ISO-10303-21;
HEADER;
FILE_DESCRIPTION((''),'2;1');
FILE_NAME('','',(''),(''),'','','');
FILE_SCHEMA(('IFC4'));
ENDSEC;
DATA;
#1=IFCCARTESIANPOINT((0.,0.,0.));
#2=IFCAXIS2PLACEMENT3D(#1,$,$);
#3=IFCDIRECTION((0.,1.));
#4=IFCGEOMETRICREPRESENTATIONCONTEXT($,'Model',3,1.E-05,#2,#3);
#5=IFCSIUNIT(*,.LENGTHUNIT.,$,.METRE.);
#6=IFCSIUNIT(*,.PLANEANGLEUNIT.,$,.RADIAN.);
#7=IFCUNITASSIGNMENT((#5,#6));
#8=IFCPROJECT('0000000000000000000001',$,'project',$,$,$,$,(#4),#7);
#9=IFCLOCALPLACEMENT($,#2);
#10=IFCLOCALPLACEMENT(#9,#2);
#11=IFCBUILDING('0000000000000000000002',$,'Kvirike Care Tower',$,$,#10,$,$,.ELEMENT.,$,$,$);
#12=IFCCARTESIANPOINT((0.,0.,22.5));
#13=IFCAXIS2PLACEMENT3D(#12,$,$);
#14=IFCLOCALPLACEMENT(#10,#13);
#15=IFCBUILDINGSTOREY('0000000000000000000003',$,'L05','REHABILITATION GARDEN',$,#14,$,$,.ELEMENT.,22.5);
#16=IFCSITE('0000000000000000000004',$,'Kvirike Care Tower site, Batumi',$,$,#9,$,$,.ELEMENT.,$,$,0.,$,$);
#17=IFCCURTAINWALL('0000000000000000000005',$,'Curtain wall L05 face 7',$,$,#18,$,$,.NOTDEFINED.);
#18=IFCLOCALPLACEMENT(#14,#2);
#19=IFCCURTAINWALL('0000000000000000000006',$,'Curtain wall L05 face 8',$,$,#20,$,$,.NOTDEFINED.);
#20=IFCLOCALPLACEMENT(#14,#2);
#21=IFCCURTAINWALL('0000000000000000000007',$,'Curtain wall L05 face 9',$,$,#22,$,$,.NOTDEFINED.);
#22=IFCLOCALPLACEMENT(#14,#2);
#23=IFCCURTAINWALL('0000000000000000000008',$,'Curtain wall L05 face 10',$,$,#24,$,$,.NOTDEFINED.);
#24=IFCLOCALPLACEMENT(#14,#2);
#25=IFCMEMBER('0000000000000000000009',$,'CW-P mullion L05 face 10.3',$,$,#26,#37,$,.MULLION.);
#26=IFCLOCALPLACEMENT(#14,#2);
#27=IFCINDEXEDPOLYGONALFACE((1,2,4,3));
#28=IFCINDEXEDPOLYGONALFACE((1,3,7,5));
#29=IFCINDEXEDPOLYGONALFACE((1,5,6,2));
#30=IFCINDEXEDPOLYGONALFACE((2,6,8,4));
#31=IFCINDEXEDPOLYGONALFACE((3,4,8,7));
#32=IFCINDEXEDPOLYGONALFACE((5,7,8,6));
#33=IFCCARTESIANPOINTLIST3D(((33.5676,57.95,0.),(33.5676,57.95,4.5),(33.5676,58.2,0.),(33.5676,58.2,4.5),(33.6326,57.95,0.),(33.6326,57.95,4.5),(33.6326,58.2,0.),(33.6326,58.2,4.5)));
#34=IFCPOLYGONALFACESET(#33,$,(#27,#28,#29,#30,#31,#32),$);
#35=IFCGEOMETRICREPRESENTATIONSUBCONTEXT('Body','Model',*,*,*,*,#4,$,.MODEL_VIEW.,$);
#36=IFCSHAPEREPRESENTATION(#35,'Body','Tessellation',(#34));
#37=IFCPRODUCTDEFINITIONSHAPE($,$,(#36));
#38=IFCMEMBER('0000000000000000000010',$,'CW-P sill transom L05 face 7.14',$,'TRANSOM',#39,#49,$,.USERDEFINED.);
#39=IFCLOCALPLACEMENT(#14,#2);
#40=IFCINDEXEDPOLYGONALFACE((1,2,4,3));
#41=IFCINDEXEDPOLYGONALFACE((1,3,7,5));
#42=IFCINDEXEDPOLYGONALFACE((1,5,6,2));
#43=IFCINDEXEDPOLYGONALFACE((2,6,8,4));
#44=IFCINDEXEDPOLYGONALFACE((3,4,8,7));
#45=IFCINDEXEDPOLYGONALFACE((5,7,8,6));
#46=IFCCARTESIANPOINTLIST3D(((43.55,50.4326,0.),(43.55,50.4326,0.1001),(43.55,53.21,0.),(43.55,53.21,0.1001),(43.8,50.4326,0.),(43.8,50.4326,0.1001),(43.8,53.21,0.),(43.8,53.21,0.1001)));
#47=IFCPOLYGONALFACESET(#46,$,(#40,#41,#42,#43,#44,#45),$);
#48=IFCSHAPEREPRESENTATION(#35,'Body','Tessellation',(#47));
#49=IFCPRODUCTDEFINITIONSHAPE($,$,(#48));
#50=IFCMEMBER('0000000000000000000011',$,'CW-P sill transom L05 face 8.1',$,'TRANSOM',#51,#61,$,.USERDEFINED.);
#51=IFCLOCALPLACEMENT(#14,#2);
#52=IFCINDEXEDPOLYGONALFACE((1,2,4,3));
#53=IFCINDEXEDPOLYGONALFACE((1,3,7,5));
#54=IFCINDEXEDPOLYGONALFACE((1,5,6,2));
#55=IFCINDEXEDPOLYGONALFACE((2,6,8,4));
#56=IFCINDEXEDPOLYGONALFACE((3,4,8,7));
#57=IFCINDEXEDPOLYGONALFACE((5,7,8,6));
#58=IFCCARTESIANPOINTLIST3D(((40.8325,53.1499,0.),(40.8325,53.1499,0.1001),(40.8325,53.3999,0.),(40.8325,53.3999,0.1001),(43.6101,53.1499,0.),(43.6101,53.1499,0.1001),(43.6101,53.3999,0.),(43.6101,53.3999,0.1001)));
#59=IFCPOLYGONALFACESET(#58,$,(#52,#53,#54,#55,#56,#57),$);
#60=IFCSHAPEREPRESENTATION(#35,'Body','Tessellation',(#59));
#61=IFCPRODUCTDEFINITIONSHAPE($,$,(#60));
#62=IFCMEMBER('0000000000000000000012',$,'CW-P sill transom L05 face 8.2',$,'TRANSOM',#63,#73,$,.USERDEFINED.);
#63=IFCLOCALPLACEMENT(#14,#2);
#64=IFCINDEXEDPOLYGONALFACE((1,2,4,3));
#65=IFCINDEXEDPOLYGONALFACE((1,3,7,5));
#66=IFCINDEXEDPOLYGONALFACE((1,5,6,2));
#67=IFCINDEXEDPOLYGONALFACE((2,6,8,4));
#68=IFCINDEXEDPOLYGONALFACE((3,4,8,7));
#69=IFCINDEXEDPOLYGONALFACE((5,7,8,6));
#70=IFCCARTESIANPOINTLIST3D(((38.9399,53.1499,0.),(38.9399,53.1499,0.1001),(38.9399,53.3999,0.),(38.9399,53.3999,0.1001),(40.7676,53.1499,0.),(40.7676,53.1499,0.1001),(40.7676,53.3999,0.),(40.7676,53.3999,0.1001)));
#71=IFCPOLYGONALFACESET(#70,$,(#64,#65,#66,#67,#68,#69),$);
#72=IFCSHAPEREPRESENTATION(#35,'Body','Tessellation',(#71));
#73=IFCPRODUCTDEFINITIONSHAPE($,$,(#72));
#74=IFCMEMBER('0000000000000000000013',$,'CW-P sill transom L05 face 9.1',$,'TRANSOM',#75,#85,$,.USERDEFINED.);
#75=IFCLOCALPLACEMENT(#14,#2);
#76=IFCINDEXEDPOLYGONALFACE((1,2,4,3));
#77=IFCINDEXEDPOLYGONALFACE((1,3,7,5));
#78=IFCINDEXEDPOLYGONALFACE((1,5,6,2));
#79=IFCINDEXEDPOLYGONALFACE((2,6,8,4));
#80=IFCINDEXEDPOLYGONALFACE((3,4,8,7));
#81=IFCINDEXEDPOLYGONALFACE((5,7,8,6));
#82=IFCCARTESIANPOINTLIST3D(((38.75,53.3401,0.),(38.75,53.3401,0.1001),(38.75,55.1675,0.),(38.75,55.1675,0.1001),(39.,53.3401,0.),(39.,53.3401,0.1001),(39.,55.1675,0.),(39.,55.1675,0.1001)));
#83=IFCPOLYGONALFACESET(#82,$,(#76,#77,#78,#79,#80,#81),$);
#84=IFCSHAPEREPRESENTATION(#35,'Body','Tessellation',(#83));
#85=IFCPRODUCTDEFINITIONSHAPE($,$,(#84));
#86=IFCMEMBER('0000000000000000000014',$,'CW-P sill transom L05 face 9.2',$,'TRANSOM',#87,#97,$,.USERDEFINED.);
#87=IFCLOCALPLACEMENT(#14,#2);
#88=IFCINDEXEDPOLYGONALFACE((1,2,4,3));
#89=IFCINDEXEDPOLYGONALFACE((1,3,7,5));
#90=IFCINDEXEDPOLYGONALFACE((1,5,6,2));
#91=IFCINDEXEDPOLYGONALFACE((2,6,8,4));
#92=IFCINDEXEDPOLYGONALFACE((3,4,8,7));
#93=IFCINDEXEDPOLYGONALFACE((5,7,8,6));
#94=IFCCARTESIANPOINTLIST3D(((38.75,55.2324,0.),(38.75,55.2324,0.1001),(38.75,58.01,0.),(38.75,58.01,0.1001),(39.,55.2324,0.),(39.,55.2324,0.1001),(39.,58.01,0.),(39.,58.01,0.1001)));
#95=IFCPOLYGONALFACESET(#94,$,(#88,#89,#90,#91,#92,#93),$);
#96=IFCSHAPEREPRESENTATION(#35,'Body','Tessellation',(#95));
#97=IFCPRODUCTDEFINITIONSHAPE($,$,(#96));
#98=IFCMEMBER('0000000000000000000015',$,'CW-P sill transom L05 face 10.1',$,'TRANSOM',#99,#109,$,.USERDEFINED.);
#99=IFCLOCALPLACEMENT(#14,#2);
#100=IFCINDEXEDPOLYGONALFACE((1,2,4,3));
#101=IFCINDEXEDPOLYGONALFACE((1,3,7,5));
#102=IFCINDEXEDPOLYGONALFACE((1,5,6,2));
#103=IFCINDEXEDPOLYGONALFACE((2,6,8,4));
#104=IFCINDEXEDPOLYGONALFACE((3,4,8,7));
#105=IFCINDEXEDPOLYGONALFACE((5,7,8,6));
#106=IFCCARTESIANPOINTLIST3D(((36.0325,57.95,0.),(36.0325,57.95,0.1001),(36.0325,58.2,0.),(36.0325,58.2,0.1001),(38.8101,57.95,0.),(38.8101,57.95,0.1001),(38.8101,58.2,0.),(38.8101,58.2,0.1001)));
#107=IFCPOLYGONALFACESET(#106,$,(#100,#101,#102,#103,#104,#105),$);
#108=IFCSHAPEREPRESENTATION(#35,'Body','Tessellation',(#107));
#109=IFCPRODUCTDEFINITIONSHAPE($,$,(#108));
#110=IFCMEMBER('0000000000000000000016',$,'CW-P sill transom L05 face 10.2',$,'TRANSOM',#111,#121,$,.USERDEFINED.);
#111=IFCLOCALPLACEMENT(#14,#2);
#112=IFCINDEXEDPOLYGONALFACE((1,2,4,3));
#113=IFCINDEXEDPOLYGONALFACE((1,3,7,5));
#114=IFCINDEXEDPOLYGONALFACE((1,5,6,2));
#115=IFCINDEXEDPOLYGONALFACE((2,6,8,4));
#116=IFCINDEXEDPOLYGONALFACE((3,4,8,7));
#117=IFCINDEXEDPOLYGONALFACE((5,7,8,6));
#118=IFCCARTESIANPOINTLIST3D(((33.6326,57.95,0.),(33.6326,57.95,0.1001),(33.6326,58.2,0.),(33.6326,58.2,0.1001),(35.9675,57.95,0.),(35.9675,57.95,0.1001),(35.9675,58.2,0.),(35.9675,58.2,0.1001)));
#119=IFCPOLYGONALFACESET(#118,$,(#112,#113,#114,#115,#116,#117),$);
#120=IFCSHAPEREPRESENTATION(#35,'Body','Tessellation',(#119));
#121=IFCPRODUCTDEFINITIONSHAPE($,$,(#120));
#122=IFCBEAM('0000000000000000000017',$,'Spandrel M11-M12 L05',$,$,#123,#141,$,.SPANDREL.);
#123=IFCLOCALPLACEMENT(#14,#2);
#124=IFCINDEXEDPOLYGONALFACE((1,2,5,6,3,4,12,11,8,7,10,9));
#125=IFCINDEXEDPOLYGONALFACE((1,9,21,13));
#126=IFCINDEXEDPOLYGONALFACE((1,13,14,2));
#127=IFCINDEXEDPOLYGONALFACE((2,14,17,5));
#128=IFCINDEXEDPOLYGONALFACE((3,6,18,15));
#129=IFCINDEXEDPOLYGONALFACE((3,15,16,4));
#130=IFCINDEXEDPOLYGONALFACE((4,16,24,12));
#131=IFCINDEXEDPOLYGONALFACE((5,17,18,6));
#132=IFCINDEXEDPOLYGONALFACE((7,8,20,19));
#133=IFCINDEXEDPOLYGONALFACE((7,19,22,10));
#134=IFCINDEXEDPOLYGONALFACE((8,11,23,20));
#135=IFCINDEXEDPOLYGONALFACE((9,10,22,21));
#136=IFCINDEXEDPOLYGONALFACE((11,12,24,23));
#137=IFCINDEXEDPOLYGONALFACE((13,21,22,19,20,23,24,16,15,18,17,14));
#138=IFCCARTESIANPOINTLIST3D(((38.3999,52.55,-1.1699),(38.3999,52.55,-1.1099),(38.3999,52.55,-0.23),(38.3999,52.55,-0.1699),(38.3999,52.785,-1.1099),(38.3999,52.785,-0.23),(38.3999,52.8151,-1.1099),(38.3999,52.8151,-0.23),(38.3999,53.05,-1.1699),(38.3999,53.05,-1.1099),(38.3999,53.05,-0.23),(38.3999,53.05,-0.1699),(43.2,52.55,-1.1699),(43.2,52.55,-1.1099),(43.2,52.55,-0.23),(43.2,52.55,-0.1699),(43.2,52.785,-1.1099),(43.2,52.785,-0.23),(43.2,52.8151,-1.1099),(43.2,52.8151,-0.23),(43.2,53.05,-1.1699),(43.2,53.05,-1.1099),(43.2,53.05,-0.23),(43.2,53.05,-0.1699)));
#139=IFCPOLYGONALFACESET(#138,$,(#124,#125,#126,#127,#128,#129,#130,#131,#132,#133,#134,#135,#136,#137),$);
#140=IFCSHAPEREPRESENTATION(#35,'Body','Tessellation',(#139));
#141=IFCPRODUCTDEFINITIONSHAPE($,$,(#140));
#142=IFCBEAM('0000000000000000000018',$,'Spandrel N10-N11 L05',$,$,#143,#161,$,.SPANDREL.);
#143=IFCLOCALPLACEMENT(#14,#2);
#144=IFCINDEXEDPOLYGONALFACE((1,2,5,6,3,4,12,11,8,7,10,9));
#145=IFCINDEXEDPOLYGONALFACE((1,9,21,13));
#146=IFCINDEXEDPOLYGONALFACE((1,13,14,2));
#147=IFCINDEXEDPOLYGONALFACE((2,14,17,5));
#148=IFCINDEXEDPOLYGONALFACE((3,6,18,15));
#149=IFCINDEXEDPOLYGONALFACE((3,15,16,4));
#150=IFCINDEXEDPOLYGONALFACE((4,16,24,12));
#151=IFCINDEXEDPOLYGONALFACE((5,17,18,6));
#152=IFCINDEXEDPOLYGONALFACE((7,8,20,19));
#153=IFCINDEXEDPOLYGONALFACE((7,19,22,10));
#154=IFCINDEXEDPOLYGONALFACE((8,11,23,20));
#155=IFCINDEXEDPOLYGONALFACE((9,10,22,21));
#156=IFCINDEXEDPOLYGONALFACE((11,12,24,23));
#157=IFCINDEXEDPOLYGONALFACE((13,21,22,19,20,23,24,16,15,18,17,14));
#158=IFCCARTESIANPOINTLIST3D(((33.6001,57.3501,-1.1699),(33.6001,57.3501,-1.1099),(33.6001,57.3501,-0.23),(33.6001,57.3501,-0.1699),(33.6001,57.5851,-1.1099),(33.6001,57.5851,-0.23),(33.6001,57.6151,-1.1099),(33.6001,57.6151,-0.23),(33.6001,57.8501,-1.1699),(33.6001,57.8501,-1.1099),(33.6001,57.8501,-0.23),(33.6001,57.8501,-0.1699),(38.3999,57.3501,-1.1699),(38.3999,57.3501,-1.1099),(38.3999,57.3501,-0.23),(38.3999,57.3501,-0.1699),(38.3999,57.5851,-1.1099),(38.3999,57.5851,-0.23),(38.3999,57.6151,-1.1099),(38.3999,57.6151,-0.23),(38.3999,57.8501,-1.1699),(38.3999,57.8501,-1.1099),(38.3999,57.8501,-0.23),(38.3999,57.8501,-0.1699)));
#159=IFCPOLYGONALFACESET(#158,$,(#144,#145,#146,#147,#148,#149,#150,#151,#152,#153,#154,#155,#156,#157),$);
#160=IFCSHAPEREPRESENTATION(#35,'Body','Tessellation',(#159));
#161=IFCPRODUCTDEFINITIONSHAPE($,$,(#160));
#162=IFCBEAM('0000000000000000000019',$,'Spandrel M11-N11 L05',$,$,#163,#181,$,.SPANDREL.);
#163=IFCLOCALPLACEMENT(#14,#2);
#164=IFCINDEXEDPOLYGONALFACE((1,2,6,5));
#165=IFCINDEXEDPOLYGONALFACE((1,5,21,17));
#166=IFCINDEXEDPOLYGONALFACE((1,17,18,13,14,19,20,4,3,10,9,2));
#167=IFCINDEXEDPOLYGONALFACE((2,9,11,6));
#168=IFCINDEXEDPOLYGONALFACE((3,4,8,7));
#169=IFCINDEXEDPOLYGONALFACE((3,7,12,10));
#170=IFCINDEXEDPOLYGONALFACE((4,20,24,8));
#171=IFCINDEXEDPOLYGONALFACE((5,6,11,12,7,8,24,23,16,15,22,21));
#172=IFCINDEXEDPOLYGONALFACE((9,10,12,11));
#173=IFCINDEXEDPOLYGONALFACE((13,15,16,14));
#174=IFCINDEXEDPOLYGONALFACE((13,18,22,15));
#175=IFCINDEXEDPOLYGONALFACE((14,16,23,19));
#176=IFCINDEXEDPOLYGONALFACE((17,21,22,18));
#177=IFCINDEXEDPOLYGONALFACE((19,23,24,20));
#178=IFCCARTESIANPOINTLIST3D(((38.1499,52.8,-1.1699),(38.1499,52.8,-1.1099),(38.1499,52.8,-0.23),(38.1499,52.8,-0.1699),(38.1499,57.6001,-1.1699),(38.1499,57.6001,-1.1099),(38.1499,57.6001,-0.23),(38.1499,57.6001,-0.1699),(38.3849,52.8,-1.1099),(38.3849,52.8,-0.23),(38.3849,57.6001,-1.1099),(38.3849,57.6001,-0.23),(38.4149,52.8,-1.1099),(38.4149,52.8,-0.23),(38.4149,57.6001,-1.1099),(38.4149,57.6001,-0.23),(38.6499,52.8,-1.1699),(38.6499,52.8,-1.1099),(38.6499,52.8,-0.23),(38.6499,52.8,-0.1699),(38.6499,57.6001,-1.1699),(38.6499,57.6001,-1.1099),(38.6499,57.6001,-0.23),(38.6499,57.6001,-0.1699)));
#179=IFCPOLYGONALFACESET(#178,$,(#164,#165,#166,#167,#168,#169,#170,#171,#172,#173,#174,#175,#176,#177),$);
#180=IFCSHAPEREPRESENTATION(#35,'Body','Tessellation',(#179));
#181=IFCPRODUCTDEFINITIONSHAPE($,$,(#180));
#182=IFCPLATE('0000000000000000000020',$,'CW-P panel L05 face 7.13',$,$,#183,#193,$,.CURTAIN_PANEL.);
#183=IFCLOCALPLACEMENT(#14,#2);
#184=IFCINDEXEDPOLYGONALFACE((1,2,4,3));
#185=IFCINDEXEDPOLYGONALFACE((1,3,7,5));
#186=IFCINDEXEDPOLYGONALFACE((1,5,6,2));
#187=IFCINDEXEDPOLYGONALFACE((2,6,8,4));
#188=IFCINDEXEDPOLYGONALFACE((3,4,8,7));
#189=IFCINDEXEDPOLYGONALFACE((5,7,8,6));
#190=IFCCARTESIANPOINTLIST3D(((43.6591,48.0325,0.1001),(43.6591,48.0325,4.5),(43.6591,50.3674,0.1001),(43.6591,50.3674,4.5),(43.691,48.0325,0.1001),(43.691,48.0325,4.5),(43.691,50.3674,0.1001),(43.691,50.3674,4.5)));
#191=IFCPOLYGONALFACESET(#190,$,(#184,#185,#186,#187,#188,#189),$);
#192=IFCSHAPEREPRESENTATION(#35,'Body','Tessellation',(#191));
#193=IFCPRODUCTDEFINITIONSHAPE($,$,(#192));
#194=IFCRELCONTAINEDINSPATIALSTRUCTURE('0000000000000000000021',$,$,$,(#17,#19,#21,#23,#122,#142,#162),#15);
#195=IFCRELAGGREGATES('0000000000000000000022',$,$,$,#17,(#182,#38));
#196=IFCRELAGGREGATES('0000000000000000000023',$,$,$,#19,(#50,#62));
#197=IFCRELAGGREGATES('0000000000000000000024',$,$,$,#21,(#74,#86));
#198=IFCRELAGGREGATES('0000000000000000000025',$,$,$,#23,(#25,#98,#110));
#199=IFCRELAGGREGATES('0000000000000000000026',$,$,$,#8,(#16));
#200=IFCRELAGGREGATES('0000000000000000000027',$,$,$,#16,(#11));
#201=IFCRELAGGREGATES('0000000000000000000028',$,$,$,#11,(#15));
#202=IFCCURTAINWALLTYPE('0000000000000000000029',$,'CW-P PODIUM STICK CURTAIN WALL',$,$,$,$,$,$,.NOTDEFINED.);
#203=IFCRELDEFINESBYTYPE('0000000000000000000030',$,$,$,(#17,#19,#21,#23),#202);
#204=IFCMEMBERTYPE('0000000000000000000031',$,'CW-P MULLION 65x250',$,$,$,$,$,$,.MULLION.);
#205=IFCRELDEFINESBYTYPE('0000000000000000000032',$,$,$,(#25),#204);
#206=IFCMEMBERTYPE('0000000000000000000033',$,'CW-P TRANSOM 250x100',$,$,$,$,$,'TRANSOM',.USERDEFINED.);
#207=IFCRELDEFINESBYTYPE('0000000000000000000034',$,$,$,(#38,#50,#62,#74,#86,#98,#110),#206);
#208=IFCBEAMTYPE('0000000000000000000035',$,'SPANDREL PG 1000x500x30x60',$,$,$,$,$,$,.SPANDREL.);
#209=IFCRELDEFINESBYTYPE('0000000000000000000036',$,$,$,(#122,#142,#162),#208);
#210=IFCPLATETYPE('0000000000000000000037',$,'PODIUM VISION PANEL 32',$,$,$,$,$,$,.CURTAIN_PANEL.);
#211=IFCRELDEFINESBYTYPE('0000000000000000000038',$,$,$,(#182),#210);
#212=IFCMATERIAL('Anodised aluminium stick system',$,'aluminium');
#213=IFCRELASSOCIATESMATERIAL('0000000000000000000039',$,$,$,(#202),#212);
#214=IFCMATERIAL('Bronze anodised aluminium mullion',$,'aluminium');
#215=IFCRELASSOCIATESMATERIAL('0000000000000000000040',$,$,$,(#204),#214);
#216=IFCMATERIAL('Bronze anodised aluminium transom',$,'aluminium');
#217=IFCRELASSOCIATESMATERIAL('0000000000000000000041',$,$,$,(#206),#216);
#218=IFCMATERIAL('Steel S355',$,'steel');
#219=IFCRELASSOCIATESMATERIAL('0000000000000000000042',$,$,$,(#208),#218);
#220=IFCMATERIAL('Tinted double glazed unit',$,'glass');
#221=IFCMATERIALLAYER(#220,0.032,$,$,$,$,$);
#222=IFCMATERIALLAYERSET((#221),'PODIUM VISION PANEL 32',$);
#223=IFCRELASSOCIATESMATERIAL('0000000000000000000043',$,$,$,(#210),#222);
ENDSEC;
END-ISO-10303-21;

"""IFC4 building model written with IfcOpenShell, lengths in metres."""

from ifc_helpers import new_model, si_unit, direction, frame, origin, origin_2d, place, context, subcontext, project, spatial, rectangle, i_section, extrude, material, layer, layer_set, material_profile, profile_set, type_object, element, aggregate, save


model = new_model("IFC4")

# Units and contexts
model_context = context("Model", 3, precision=1e-05, world=origin(), true_north=direction((0.0, 1.0)))
body_context = subcontext(model_context, "Body", "Model", "MODEL_VIEW")
ifc_project = project(units=[si_unit("LENGTHUNIT", "METRE"), si_unit("PLANEANGLEUNIT", "RADIAN")], contexts=[model_context])

# Site, building, storey
site_placement = place(None, origin())
site = spatial("IfcSite", under=ifc_project, at=site_placement, Name="Kvirike Care Tower site, Batumi", CompositionType="ELEMENT", RefElevation=0.0)
building_placement = place(site_placement, origin())
building = spatial("IfcBuilding", under=site, at=building_placement, Name="Kvirike Care Tower", CompositionType="ELEMENT")
storey_placement = place(building_placement, frame((0.0, 0.0, 22.5)))
storey = spatial("IfcBuildingStorey", under=building, at=storey_placement, Name="L05", Description="REHABILITATION GARDEN", CompositionType="ELEMENT", Elevation=22.5)

# Curtain walls, member
ifc_material_1 = material(Name="Anodised aluminium stick system", Category="aluminium")
curtain_wall_type = type_object("IfcCurtainWallType", Name="CW-P PODIUM STICK CURTAIN WALL", PredefinedType="NOTDEFINED", material=ifc_material_1)
curtain_wall_1_placement = place(storey_placement, origin())
curtain_wall_1 = element("IfcCurtainWall", 1, at=curtain_wall_1_placement, inside=storey, type_object=curtain_wall_type, Name="Curtain wall L05 face 7", PredefinedType="NOTDEFINED")
ifc_material_2 = material(Name="Bronze anodised aluminium mullion", Category="aluminium")
ifc_material_profile_1 = material_profile(ifc_material_2, rectangle(XDim=0.0649, YDim=0.25, at=origin_2d()), Name="CW-P MULLION 65x250")
ifc_profile_set_1 = profile_set([ifc_material_profile_1], Name="Bronze anodised aluminium mullion")
member_type_1 = type_object("IfcMemberType", Name="CW-P MULLION 65x250", PredefinedType="MULLION", material=ifc_profile_set_1)
curtain_wall_2_placement = place(storey_placement, origin())
curtain_wall_2 = element("IfcCurtainWall", 2, at=curtain_wall_2_placement, inside=storey, type_object=curtain_wall_type, Name="Curtain wall L05 face 8", PredefinedType="NOTDEFINED")
curtain_wall_3_placement = place(storey_placement, origin())
curtain_wall_3 = element("IfcCurtainWall", 3, at=curtain_wall_3_placement, inside=storey, type_object=curtain_wall_type, Name="Curtain wall L05 face 9", PredefinedType="NOTDEFINED")
curtain_wall_4_placement = place(storey_placement, origin())
curtain_wall_4 = element("IfcCurtainWall", 4, at=curtain_wall_4_placement, inside=storey, type_object=curtain_wall_type, Name="Curtain wall L05 face 10", PredefinedType="NOTDEFINED")
member_1_placement = place(storey_placement, frame((33.6001, 58.075, 0.0), z_axis=(0.0, 0.0, 1.0), x_axis=(-1.0, 0.0, 0.0)))
member_1 = element("IfcMember", 5, at=member_1_placement, type_object=member_type_1, Name="CW-P mullion L05 face 10.3", PredefinedType="MULLION", context=body_context, shape_type="SweptSolid", body=[
    extrude(rectangle(XDim=0.0649, YDim=0.25, at=origin_2d()), origin(), (0.0, 0.0, 1.0), 4.5),
])

# Members
ifc_material_3 = material(Name="Bronze anodised aluminium transom", Category="aluminium")
ifc_material_profile_2 = material_profile(ifc_material_3, rectangle(XDim=0.25, YDim=0.1001, at=origin_2d()), Name="CW-P TRANSOM 250x100")
ifc_profile_set_2 = profile_set([ifc_material_profile_2], Name="Bronze anodised aluminium transom")
member_type_2 = type_object("IfcMemberType", Name="CW-P TRANSOM 250x100", ElementType="TRANSOM", PredefinedType="USERDEFINED", material=ifc_profile_set_2)
member_2_placement = place(storey_placement, frame((43.675, 50.4326, 0.05), z_axis=(0.0, 1.0, 0.0), x_axis=(-1.0, 0.0, 0.0)))
member_2 = element("IfcMember", 6, at=member_2_placement, type_object=member_type_2, Name="CW-P sill transom L05 face 7.14", ObjectType="TRANSOM", PredefinedType="USERDEFINED", context=body_context, shape_type="SweptSolid", body=[
    extrude(rectangle(XDim=0.25, YDim=0.1001, at=origin_2d()), origin(), (0.0, 0.0, 1.0), 2.7773),
])
member_3_placement = place(storey_placement, frame((43.6101, 53.2749, 0.05), z_axis=(-1.0, 0.0, 0.0), x_axis=(0.0, -1.0, 0.0)))
member_3 = element("IfcMember", 7, at=member_3_placement, type_object=member_type_2, Name="CW-P sill transom L05 face 8.1", ObjectType="TRANSOM", PredefinedType="USERDEFINED", context=body_context, shape_type="SweptSolid", body=[
    extrude(rectangle(XDim=0.25, YDim=0.1001, at=origin_2d()), origin(), (0.0, 0.0, 1.0), 2.7776),
])
member_4_placement = place(storey_placement, frame((40.7676, 53.2749, 0.05), z_axis=(-1.0, 0.0, 0.0), x_axis=(0.0, -1.0, 0.0)))
member_4 = element("IfcMember", 8, at=member_4_placement, type_object=member_type_2, Name="CW-P sill transom L05 face 8.2", ObjectType="TRANSOM", PredefinedType="USERDEFINED", context=body_context, shape_type="SweptSolid", body=[
    extrude(rectangle(XDim=0.25, YDim=0.1001, at=origin_2d()), origin(), (0.0, 0.0, 1.0), 1.8276),
])
member_5_placement = place(storey_placement, frame((38.875, 53.3401, 0.05), z_axis=(0.0, 1.0, 0.0), x_axis=(-1.0, 0.0, 0.0)))
member_5 = element("IfcMember", 9, at=member_5_placement, type_object=member_type_2, Name="CW-P sill transom L05 face 9.1", ObjectType="TRANSOM", PredefinedType="USERDEFINED", context=body_context, shape_type="SweptSolid", body=[
    extrude(rectangle(XDim=0.25, YDim=0.1001, at=origin_2d()), origin(), (0.0, 0.0, 1.0), 1.8274),
])
member_6_placement = place(storey_placement, frame((38.875, 55.2324, 0.05), z_axis=(0.0, 1.0, 0.0), x_axis=(-1.0, 0.0, 0.0)))
member_6 = element("IfcMember", 10, at=member_6_placement, type_object=member_type_2, Name="CW-P sill transom L05 face 9.2", ObjectType="TRANSOM", PredefinedType="USERDEFINED", context=body_context, shape_type="SweptSolid", body=[
    extrude(rectangle(XDim=0.25, YDim=0.1001, at=origin_2d()), origin(), (0.0, 0.0, 1.0), 2.7776),
])
member_7_placement = place(storey_placement, frame((38.8101, 58.075, 0.05), z_axis=(-1.0, 0.0, 0.0), x_axis=(0.0, -1.0, 0.0)))
member_7 = element("IfcMember", 11, at=member_7_placement, type_object=member_type_2, Name="CW-P sill transom L05 face 10.1", ObjectType="TRANSOM", PredefinedType="USERDEFINED", context=body_context, shape_type="SweptSolid", body=[
    extrude(rectangle(XDim=0.25, YDim=0.1001, at=origin_2d()), origin(), (0.0, 0.0, 1.0), 2.7776),
])
member_8_placement = place(storey_placement, frame((35.9675, 58.075, 0.05), z_axis=(-1.0, 0.0, 0.0), x_axis=(0.0, -1.0, 0.0)))
member_8 = element("IfcMember", 12, at=member_8_placement, type_object=member_type_2, Name="CW-P sill transom L05 face 10.2", ObjectType="TRANSOM", PredefinedType="USERDEFINED", context=body_context, shape_type="SweptSolid", body=[
    extrude(rectangle(XDim=0.25, YDim=0.1001, at=origin_2d()), origin(), (0.0, 0.0, 1.0), 2.335),
])

# Beams
ifc_material_4 = material(Name="Steel S355", Category="steel")
ifc_material_profile_3 = material_profile(ifc_material_4, i_section(OverallWidth=0.5, OverallDepth=1.0, WebThickness=0.03, FlangeThickness=0.0601, at=origin_2d()), Name="PG 1000x500x30x60")
ifc_profile_set_3 = profile_set([ifc_material_profile_3], Name="Steel S355")
beam_type = type_object("IfcBeamType", Name="SPANDREL PG 1000x500x30x60", PredefinedType="SPANDREL", material=ifc_profile_set_3)
beam_1_placement = place(storey_placement, frame((38.3999, 52.8, -0.6699), z_axis=(1.0, 0.0, 0.0), x_axis=(0.0, 1.0, 0.0)))
element("IfcBeam", 13, at=beam_1_placement, inside=storey, type_object=beam_type, Name="Spandrel M11-M12 L05", PredefinedType="SPANDREL", context=body_context, shape_type="SweptSolid", body=[
    extrude(i_section(OverallWidth=0.5, OverallDepth=1.0, WebThickness=0.03, FlangeThickness=0.0601, at=origin_2d()), origin(), (0.0, 0.0, 1.0), 4.8),
])
beam_2_placement = place(storey_placement, frame((33.6001, 57.6001, -0.6699), z_axis=(1.0, 0.0, 0.0), x_axis=(0.0, 1.0, 0.0)))
element("IfcBeam", 14, at=beam_2_placement, inside=storey, type_object=beam_type, Name="Spandrel N10-N11 L05", PredefinedType="SPANDREL", context=body_context, shape_type="SweptSolid", body=[
    extrude(i_section(OverallWidth=0.5, OverallDepth=1.0, WebThickness=0.03, FlangeThickness=0.0601, at=origin_2d()), origin(), (0.0, 0.0, 1.0), 4.7998),
])
beam_3_placement = place(storey_placement, frame((38.3999, 52.8, -0.6699), z_axis=(0.0, 1.0, 0.0), x_axis=(-1.0, 0.0, 0.0)))
element("IfcBeam", 15, at=beam_3_placement, inside=storey, type_object=beam_type, Name="Spandrel M11-N11 L05", PredefinedType="SPANDREL", context=body_context, shape_type="SweptSolid", body=[
    extrude(i_section(OverallWidth=0.5, OverallDepth=1.0, WebThickness=0.03, FlangeThickness=0.0601, at=origin_2d()), origin(), (0.0, 0.0, 1.0), 4.8),
])

# Plate
ifc_material_5 = material(Name="Tinted double glazed unit", Category="glass")
ifc_layer_1 = layer(ifc_material_5, 0.032)
ifc_layer_set_1 = layer_set([ifc_layer_1], Name="PODIUM VISION PANEL 32")
plate_type = type_object("IfcPlateType", Name="PODIUM VISION PANEL 32", PredefinedType="CURTAIN_PANEL", material=ifc_layer_set_1)
plate_1_placement = place(storey_placement, frame((43.675, 49.2, 0.1001), z_axis=(0.0, 0.0, 1.0), x_axis=(0.0, 1.0, 0.0)))
plate_1 = element("IfcPlate", 16, at=plate_1_placement, type_object=plate_type, Name="CW-P panel L05 face 7.13", PredefinedType="CURTAIN_PANEL", context=body_context, shape_type="SweptSolid", body=[
    extrude(rectangle(XDim=2.335, YDim=0.032, at=origin_2d()), origin(), (0.0, 0.0, 1.0), 4.3999),
])
aggregate(curtain_wall_1, [plate_1, member_2])
aggregate(curtain_wall_2, [member_3, member_4])
aggregate(curtain_wall_3, [member_5, member_6])
aggregate(curtain_wall_4, [member_1, member_7, member_8])

save(model, "model.ifc")
